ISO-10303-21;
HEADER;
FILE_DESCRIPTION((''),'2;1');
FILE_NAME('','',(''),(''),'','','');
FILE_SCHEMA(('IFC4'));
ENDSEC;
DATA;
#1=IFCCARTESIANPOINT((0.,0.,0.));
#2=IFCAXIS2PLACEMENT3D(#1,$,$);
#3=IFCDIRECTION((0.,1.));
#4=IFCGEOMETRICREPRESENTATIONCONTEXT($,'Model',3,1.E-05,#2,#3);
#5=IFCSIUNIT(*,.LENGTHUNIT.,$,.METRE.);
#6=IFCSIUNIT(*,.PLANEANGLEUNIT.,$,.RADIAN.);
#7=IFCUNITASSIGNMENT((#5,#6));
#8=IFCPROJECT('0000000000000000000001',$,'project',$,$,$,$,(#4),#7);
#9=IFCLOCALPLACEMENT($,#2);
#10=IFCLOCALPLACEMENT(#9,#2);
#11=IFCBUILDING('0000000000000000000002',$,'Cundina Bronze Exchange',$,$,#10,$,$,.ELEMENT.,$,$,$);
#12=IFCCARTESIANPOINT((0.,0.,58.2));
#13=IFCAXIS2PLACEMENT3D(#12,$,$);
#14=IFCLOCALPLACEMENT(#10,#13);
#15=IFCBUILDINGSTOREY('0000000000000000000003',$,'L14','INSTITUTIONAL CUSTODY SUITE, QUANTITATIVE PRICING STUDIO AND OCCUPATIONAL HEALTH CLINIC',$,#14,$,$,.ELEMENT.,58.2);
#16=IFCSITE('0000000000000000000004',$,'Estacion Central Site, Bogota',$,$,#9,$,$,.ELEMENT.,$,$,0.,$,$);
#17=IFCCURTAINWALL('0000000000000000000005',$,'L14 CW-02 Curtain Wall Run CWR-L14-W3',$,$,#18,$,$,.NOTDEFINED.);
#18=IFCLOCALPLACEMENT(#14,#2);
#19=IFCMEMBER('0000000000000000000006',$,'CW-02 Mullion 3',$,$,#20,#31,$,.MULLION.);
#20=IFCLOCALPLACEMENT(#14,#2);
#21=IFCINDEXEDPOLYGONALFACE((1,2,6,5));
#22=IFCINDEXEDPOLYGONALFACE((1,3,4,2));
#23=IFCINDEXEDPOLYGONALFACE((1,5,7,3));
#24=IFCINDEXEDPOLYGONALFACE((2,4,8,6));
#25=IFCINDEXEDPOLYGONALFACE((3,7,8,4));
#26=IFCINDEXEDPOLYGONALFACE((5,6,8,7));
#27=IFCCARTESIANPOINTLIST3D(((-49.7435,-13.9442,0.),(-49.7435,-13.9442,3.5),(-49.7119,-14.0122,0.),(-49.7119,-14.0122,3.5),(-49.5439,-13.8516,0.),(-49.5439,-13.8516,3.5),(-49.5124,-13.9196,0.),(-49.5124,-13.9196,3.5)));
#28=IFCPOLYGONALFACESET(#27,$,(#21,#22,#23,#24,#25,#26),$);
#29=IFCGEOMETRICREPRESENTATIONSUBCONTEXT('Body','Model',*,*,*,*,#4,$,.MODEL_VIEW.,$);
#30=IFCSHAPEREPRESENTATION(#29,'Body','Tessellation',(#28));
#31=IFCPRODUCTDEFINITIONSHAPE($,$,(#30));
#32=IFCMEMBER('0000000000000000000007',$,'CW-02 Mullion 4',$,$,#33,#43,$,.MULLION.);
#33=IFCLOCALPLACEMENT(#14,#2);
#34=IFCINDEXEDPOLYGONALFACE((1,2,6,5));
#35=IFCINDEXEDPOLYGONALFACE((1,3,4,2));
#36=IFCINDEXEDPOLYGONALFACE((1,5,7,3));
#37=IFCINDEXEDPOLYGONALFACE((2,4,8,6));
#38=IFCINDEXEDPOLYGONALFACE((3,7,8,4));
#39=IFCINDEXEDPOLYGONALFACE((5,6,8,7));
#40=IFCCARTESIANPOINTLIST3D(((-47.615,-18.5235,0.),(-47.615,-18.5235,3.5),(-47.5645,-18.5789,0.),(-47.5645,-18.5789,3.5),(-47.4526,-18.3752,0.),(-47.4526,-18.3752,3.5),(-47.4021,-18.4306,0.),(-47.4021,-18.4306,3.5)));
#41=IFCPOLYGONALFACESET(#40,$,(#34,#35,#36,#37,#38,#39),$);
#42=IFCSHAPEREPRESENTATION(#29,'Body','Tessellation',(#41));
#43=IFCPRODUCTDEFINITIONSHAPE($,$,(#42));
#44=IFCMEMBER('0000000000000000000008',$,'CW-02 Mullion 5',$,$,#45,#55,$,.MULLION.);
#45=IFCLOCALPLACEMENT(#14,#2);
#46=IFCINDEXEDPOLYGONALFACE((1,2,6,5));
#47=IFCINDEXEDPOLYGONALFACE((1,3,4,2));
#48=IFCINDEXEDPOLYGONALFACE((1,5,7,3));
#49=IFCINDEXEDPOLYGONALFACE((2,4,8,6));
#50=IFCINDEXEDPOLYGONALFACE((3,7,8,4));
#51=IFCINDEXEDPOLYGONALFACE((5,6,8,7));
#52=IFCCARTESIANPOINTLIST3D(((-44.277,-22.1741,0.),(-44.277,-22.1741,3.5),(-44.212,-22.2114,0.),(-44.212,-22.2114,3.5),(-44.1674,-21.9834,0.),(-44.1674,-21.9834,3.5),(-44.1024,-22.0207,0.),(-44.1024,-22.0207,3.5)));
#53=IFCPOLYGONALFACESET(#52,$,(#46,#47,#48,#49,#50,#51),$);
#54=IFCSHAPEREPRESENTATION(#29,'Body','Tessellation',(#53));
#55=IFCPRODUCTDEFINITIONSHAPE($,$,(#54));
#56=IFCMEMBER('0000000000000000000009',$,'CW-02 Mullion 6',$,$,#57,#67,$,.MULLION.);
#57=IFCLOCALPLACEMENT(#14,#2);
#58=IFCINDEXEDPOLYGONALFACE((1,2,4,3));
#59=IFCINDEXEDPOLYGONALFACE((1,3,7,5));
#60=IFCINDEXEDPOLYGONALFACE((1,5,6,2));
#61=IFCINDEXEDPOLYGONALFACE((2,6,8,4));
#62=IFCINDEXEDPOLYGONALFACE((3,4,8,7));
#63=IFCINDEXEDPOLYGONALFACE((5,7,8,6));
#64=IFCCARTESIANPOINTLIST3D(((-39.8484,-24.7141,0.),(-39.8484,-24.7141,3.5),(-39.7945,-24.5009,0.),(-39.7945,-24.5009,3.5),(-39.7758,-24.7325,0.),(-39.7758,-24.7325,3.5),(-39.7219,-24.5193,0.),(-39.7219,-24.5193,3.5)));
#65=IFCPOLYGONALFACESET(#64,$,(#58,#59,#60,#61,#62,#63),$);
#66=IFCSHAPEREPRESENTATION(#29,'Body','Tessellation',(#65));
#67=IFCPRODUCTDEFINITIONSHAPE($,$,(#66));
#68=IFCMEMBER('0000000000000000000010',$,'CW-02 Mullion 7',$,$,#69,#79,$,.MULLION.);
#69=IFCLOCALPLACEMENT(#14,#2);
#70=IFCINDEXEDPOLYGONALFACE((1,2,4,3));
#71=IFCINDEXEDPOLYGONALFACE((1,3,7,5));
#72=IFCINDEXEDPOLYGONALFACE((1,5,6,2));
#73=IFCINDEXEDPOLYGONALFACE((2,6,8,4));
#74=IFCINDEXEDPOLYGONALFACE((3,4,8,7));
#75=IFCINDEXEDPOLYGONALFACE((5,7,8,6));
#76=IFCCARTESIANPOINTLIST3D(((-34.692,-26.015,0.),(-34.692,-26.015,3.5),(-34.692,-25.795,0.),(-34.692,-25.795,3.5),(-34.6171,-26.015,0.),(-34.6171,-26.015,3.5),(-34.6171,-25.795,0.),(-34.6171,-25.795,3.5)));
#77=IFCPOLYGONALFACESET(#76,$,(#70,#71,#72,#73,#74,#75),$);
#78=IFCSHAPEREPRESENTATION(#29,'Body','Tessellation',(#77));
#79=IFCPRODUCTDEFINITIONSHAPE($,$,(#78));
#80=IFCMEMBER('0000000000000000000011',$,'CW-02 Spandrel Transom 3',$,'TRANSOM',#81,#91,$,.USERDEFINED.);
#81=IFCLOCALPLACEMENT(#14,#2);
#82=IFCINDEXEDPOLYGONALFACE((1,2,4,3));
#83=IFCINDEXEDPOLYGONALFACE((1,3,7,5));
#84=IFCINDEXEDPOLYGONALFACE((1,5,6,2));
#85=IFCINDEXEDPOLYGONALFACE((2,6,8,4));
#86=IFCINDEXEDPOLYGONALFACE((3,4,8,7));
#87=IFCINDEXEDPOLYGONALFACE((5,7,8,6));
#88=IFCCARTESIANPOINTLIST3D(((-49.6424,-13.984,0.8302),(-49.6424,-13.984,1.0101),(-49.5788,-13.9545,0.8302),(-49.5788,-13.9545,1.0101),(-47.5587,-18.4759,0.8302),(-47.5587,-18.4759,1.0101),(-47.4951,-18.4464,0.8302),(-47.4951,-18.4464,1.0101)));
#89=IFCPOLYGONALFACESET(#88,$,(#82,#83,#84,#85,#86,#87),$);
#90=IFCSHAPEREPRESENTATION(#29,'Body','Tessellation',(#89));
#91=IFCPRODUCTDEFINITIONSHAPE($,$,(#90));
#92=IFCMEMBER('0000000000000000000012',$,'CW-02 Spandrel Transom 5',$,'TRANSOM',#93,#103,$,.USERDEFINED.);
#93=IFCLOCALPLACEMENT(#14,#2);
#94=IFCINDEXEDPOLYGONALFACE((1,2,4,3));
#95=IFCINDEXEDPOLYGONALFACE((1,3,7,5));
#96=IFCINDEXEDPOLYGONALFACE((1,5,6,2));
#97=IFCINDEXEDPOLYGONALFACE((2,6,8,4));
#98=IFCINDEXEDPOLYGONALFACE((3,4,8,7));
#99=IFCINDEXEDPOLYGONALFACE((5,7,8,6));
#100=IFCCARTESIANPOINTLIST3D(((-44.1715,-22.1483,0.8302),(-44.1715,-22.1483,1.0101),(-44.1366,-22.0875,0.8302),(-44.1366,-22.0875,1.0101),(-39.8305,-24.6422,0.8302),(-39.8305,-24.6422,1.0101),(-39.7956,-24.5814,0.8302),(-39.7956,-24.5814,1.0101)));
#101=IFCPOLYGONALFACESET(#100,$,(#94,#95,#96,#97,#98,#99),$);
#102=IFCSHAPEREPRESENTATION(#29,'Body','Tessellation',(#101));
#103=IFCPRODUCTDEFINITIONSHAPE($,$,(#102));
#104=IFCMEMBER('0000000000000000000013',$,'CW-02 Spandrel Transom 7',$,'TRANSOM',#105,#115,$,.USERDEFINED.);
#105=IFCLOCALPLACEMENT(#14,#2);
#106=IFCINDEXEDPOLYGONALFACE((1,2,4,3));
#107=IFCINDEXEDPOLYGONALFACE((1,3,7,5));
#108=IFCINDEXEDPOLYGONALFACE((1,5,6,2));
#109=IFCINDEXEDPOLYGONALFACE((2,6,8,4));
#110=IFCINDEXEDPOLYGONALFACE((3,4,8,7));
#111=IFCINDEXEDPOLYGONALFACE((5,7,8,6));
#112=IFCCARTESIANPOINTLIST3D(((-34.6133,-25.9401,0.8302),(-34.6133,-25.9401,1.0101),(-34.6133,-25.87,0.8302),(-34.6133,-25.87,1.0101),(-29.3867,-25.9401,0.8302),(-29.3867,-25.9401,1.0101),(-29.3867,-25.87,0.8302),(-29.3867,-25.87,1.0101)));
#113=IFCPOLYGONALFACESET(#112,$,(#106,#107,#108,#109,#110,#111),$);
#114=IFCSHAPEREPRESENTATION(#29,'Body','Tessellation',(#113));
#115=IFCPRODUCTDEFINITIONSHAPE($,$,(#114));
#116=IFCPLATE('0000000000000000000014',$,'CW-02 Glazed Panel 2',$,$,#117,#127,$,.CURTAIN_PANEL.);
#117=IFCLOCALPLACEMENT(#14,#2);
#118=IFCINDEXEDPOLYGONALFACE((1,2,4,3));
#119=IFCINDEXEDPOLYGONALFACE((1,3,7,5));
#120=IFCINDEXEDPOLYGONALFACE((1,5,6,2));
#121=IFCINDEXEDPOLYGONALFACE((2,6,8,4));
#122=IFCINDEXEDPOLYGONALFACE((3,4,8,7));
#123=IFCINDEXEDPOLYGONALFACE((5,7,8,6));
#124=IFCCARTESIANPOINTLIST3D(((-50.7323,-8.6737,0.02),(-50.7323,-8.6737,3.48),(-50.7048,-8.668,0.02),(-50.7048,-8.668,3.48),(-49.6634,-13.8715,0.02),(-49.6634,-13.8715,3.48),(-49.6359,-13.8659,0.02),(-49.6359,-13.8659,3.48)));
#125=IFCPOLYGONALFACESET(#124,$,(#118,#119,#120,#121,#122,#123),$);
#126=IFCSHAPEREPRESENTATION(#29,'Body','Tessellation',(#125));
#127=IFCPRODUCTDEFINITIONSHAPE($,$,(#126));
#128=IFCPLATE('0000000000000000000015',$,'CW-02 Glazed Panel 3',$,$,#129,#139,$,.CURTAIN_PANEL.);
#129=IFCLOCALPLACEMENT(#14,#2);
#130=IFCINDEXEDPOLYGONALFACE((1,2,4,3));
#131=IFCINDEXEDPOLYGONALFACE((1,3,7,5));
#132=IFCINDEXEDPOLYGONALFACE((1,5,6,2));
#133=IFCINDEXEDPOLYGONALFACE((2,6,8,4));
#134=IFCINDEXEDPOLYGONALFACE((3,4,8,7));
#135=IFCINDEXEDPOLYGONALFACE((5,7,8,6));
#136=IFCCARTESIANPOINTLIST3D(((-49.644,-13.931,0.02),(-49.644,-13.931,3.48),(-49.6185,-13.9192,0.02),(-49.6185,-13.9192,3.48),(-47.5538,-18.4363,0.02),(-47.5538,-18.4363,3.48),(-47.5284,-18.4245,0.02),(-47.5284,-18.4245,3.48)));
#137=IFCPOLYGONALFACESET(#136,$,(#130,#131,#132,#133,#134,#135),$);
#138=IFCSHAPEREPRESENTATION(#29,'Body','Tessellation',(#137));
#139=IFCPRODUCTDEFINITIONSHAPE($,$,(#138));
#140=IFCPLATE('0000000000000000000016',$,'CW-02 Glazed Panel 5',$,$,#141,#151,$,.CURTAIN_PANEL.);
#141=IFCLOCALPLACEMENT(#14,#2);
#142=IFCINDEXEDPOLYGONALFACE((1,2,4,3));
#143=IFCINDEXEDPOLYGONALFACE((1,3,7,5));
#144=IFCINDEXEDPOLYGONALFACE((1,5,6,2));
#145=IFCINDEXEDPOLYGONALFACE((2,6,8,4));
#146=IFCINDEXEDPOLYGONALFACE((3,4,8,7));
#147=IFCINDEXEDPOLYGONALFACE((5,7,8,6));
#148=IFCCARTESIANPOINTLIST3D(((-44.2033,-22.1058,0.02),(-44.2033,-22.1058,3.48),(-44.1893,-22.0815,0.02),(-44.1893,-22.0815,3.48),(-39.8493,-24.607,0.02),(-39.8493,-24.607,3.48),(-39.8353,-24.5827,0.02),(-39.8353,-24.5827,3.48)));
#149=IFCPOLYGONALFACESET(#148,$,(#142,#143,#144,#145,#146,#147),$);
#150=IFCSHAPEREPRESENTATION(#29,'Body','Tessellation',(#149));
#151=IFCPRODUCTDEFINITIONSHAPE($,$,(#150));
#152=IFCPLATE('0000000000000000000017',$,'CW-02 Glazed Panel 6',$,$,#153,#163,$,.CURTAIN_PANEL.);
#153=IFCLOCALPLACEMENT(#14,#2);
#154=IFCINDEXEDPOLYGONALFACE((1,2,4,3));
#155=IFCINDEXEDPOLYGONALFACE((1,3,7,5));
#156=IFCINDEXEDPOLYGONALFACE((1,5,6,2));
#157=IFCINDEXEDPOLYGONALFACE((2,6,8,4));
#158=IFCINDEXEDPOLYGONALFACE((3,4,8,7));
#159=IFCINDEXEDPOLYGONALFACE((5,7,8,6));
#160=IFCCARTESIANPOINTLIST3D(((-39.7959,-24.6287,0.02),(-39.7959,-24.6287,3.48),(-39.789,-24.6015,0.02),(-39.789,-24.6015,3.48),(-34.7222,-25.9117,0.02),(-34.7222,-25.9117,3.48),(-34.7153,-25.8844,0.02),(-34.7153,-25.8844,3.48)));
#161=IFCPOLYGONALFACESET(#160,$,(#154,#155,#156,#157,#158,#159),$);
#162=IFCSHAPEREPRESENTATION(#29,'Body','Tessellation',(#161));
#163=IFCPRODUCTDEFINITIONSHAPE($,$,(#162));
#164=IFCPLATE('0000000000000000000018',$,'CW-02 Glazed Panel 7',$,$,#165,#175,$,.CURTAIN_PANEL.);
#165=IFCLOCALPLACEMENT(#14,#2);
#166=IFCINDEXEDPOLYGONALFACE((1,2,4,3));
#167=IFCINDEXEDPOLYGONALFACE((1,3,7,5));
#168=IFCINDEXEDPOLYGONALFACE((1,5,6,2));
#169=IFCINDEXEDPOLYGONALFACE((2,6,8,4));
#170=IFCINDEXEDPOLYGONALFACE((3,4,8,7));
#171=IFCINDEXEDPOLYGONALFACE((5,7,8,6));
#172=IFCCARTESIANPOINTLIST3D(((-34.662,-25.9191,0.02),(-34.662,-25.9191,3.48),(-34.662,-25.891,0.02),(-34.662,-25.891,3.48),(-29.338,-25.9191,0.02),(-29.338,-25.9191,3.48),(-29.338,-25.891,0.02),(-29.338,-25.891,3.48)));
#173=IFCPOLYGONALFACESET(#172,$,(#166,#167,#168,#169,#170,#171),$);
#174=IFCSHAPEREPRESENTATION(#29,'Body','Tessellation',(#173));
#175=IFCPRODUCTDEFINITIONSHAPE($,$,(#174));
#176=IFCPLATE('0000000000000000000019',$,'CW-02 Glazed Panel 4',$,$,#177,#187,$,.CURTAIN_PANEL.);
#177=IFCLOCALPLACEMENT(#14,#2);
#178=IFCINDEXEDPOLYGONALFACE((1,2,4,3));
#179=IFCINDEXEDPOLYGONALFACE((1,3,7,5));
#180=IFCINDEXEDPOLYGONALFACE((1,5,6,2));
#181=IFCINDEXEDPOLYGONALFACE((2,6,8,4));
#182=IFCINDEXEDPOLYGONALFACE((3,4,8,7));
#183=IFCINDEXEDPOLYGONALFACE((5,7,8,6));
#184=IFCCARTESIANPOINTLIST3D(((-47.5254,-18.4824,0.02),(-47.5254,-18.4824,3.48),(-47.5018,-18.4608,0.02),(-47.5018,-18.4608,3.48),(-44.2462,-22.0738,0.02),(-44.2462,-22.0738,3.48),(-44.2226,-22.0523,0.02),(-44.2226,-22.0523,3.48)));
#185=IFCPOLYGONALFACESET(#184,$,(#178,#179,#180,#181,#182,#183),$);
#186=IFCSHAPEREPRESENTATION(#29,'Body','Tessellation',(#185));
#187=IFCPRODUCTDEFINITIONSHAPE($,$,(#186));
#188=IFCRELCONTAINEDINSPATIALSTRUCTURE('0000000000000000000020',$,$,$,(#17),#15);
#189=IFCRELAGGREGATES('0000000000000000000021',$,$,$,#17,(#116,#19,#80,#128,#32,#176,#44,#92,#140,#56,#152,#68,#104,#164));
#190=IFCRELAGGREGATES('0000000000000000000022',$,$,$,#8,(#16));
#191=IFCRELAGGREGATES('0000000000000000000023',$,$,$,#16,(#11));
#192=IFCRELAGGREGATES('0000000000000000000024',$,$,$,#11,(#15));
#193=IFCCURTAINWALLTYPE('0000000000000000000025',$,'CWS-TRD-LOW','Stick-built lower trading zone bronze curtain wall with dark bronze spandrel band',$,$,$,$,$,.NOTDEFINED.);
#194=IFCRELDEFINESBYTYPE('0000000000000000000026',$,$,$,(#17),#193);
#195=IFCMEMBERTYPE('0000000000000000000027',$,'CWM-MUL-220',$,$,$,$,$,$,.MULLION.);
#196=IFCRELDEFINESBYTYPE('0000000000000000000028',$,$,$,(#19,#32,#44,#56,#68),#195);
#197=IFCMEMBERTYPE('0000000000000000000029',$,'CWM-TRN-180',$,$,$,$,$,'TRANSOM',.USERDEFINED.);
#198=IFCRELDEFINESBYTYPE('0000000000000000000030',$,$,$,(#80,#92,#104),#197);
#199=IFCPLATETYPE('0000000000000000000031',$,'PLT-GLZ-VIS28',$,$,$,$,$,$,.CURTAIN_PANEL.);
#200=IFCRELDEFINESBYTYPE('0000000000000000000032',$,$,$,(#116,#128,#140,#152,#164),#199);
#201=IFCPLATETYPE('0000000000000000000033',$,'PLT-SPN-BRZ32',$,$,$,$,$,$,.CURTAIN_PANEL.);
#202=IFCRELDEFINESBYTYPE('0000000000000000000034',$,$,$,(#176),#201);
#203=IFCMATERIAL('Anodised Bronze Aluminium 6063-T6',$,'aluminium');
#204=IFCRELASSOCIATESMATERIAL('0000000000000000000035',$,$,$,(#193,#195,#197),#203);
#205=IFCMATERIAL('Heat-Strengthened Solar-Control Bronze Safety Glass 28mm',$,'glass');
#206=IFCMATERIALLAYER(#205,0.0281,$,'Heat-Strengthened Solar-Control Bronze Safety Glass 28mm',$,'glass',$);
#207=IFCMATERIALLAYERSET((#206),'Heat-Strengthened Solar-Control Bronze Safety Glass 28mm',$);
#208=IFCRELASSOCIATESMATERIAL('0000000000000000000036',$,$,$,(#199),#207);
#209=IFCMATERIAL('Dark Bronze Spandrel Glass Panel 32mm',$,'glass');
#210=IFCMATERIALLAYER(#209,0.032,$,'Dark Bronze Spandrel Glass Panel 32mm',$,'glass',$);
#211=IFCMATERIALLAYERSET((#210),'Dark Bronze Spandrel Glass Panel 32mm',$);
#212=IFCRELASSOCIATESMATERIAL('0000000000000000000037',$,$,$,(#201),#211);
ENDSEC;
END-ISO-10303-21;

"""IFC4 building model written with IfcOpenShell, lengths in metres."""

from ifc_helpers import new_model, si_unit, direction, frame, origin, origin_2d, place, context, subcontext, project, spatial, rectangle, extrude, material, layer, layer_set, material_profile, profile_set, type_object, element, aggregate, save


model = new_model("IFC4")

# Units and contexts
model_context = context("Model", 3, precision=1e-05, world=origin(), true_north=direction((0.0, 1.0)))
body_context = subcontext(model_context, "Body", "Model", "MODEL_VIEW")
ifc_project = project(units=[si_unit("LENGTHUNIT", "METRE"), si_unit("PLANEANGLEUNIT", "RADIAN")], contexts=[model_context])

# Site, building, storey
site_placement = place(None, origin())
site = spatial("IfcSite", under=ifc_project, at=site_placement, Name="Estacion Central Site, Bogota", CompositionType="ELEMENT", RefElevation=0.0)
building_placement = place(site_placement, origin())
building = spatial("IfcBuilding", under=site, at=building_placement, Name="Cundina Bronze Exchange", CompositionType="ELEMENT")
storey_placement = place(building_placement, frame((0.0, 0.0, 58.2)))
storey = spatial("IfcBuildingStorey", under=building, at=storey_placement, Name="L14", Description="INSTITUTIONAL CUSTODY SUITE, QUANTITATIVE PRICING STUDIO AND OCCUPATIONAL HEALTH CLINIC", CompositionType="ELEMENT", Elevation=58.2)

# Curtain wall, members, plates
ifc_material_1 = material(Name="Anodised Bronze Aluminium 6063-T6", Category="aluminium")
curtain_wall_type = type_object("IfcCurtainWallType", Name="CWS-TRD-LOW", Description="Stick-built lower trading zone bronze curtain wall with dark bronze spandrel band", PredefinedType="NOTDEFINED", material=ifc_material_1)
curtain_wall_placement = place(storey_placement, origin())
curtain_wall = element("IfcCurtainWall", 1, at=curtain_wall_placement, inside=storey, type_object=curtain_wall_type, Name="L14 CW-02 Curtain Wall Run CWR-L14-W3", PredefinedType="NOTDEFINED")
ifc_material_profile_1 = material_profile(ifc_material_1, rectangle(XDim=0.075, YDim=0.22, at=origin_2d()), Name="AL75X220", Category="aluminium")
ifc_profile_set_1 = profile_set([ifc_material_profile_1], Name="Anodised Bronze Aluminium 6063-T6")
member_type_1 = type_object("IfcMemberType", Name="CWM-MUL-220", PredefinedType="MULLION", material=ifc_profile_set_1)
member_1_placement = place(storey_placement, frame((-49.6279, -13.9319, 0.0), z_axis=(0.0, 0.0, 1.0), x_axis=(0.420877, -0.907117, 0.0)))
member_1 = element("IfcMember", 2, at=member_1_placement, type_object=member_type_1, Name="CW-02 Mullion 3", PredefinedType="MULLION", context=body_context, shape_type="SweptSolid", body=[
    extrude(rectangle(XDim=0.075, YDim=0.22, at=origin_2d()), origin(), (0.0, 0.0, 1.0), 3.5),
])
member_2_placement = place(storey_placement, frame((-47.5085, -18.4771, 0.0), z_axis=(0.0, 0.0, 1.0), x_axis=(0.674302, -0.738455, 0.0)))
member_2 = element("IfcMember", 3, at=member_2_placement, type_object=member_type_1, Name="CW-02 Mullion 4", PredefinedType="MULLION", context=body_context, shape_type="SweptSolid", body=[
    extrude(rectangle(XDim=0.075, YDim=0.22, at=origin_2d()), origin(), (0.0, 0.0, 1.0), 3.5),
])
member_3_placement = place(storey_placement, frame((-44.1897, -22.0974, 0.0), z_axis=(0.0, 0.0, 1.0), x_axis=(0.867071, -0.498185, 0.0)))
member_3 = element("IfcMember", 4, at=member_3_placement, type_object=member_type_1, Name="CW-02 Mullion 5", PredefinedType="MULLION", context=body_context, shape_type="SweptSolid", body=[
    extrude(rectangle(XDim=0.075, YDim=0.22, at=origin_2d()), origin(), (0.0, 0.0, 1.0), 3.5),
])
member_4_placement = place(storey_placement, frame((-39.7852, -24.6167, 0.0), z_axis=(0.0, 0.0, 1.0), x_axis=(0.969488, -0.245138, 0.0)))
member_4 = element("IfcMember", 5, at=member_4_placement, type_object=member_type_1, Name="CW-02 Mullion 6", PredefinedType="MULLION", context=body_context, shape_type="SweptSolid", body=[
    extrude(rectangle(XDim=0.075, YDim=0.22, at=origin_2d()), origin(), (0.0, 0.0, 1.0), 3.5),
])
member_5_placement = place(storey_placement, frame((-34.6545, -25.905, 0.0), z_axis=(0.0, 0.0, 1.0), x_axis=(1.0, 0.0, 0.0)))
member_5 = element("IfcMember", 6, at=member_5_placement, type_object=member_type_1, Name="CW-02 Mullion 7", PredefinedType="MULLION", context=body_context, shape_type="SweptSolid", body=[
    extrude(rectangle(XDim=0.075, YDim=0.22, at=origin_2d()), origin(), (0.0, 0.0, 1.0), 3.5),
])
ifc_material_profile_2 = material_profile(ifc_material_1, rectangle(XDim=0.0701, YDim=0.1799, at=origin_2d()), Name="AL70X180", Category="aluminium")
ifc_profile_set_2 = profile_set([ifc_material_profile_2], Name="Anodised Bronze Aluminium 6063-T6")
member_type_2 = type_object("IfcMemberType", Name="CWM-TRN-180", ElementType="TRANSOM", PredefinedType="USERDEFINED", material=ifc_profile_set_2)
member_6_placement = place(storey_placement, frame((-49.6106, -13.9692, 0.9202), z_axis=(0.420811, -0.907148, 0.0), x_axis=(0.907148, 0.420811, 0.0)))
member_6 = element("IfcMember", 7, at=member_6_placement, type_object=member_type_2, Name="CW-02 Spandrel Transom 3", ObjectType="TRANSOM", PredefinedType="USERDEFINED", context=body_context, shape_type="SweptSolid", body=[
    extrude(rectangle(XDim=0.0701, YDim=0.1799, at=origin_2d()), origin(), (0.0, 0.0, 1.0), 4.9517),
])
member_7_placement = place(storey_placement, frame((-44.1541, -22.1179, 0.9202), z_axis=(0.867097, -0.498139, 0.0), x_axis=(0.498139, 0.867097, 0.0)))
member_7 = element("IfcMember", 8, at=member_7_placement, type_object=member_type_2, Name="CW-02 Spandrel Transom 5", ObjectType="TRANSOM", PredefinedType="USERDEFINED", context=body_context, shape_type="SweptSolid", body=[
    extrude(rectangle(XDim=0.0701, YDim=0.1799, at=origin_2d()), origin(), (0.0, 0.0, 1.0), 5.0063),
])
member_8_placement = place(storey_placement, frame((-34.6133, -25.905, 0.9202), z_axis=(1.0, 0.0, 0.0), x_axis=(0.0, 1.0, 0.0)))
member_8 = element("IfcMember", 9, at=member_8_placement, type_object=member_type_2, Name="CW-02 Spandrel Transom 7", ObjectType="TRANSOM", PredefinedType="USERDEFINED", context=body_context, shape_type="SweptSolid", body=[
    extrude(rectangle(XDim=0.0701, YDim=0.1799, at=origin_2d()), origin(), (0.0, 0.0, 1.0), 5.2266),
])
ifc_material_2 = material(Name="Heat-Strengthened Solar-Control Bronze Safety Glass 28mm", Category="glass")
ifc_layer_1 = layer(ifc_material_2, 0.0281, Name="Heat-Strengthened Solar-Control Bronze Safety Glass 28mm", Category="glass")
ifc_layer_set_1 = layer_set([ifc_layer_1], Name="Heat-Strengthened Solar-Control Bronze Safety Glass 28mm")
plate_type_1 = type_object("IfcPlateType", Name="PLT-GLZ-VIS28", PredefinedType="CURTAIN_PANEL", material=ifc_layer_set_1)
plate_1_placement = place(storey_placement, frame((-50.1841, -11.2698, 0.02), z_axis=(0.0, 0.0, 1.0), x_axis=(0.20142, -0.979505, 0.0)))
plate_1 = element("IfcPlate", 10, at=plate_1_placement, type_object=plate_type_1, Name="CW-02 Glazed Panel 2", PredefinedType="CURTAIN_PANEL", context=body_context, shape_type="SweptSolid", body=[
    extrude(rectangle(XDim=5.3066, YDim=0.0281, at=origin_2d()), origin(), (0.0, 0.0, 1.0), 3.46),
])
plate_2_placement = place(storey_placement, frame((-48.5862, -16.1777, 0.02), z_axis=(0.0, 0.0, 1.0), x_axis=(0.420846, -0.907132, 0.0)))
plate_2 = element("IfcPlate", 11, at=plate_2_placement, type_object=plate_type_1, Name="CW-02 Glazed Panel 3", PredefinedType="CURTAIN_PANEL", context=body_context, shape_type="SweptSolid", body=[
    extrude(rectangle(XDim=4.9666, YDim=0.0281, at=origin_2d()), origin(), (0.0, 0.0, 1.0), 3.46),
])
plate_3_placement = place(storey_placement, frame((-42.0193, -23.3442, 0.02), z_axis=(0.0, 0.0, 1.0), x_axis=(0.867105, -0.498125, 0.0)))
plate_3 = element("IfcPlate", 12, at=plate_3_placement, type_object=plate_type_1, Name="CW-02 Glazed Panel 5", PredefinedType="CURTAIN_PANEL", context=body_context, shape_type="SweptSolid", body=[
    extrude(rectangle(XDim=5.0212, YDim=0.0281, at=origin_2d()), origin(), (0.0, 0.0, 1.0), 3.46),
])
plate_4_placement = place(storey_placement, frame((-37.2556, -25.2566, 0.02), z_axis=(0.0, 0.0, 1.0), x_axis=(0.969488, -0.245138, 0.0)))
plate_4 = element("IfcPlate", 13, at=plate_4_placement, type_object=plate_type_1, Name="CW-02 Glazed Panel 6", PredefinedType="CURTAIN_PANEL", context=body_context, shape_type="SweptSolid", body=[
    extrude(rectangle(XDim=5.2334, YDim=0.0281, at=origin_2d()), origin(), (0.0, 0.0, 1.0), 3.46),
])
plate_5_placement = place(storey_placement, frame((-32.0, -25.905, 0.02), z_axis=(0.0, 0.0, 1.0), x_axis=(1.0, 0.0, 0.0)))
plate_5 = element("IfcPlate", 14, at=plate_5_placement, type_object=plate_type_1, Name="CW-02 Glazed Panel 7", PredefinedType="CURTAIN_PANEL", context=body_context, shape_type="SweptSolid", body=[
    extrude(rectangle(XDim=5.324, YDim=0.0281, at=origin_2d()), origin(), (0.0, 0.0, 1.0), 3.46),
])
ifc_material_3 = material(Name="Dark Bronze Spandrel Glass Panel 32mm", Category="glass")
ifc_layer_2 = layer(ifc_material_3, 0.032, Name="Dark Bronze Spandrel Glass Panel 32mm", Category="glass")
ifc_layer_set_2 = layer_set([ifc_layer_2], Name="Dark Bronze Spandrel Glass Panel 32mm")
plate_type_2 = type_object("IfcPlateType", Name="PLT-SPN-BRZ32", PredefinedType="CURTAIN_PANEL", material=ifc_layer_set_2)
plate_6_placement = place(storey_placement, frame((-45.874, -20.2673, 0.02), z_axis=(0.0, 0.0, 1.0), x_axis=(0.674277, -0.738479, 0.0)))
plate_6 = element("IfcPlate", 15, at=plate_6_placement, type_object=plate_type_2, Name="CW-02 Glazed Panel 4", PredefinedType="CURTAIN_PANEL", context=body_context, shape_type="SweptSolid", body=[
    extrude(rectangle(XDim=4.8633, YDim=0.032, at=origin_2d()), origin(), (0.0, 0.0, 1.0), 3.46),
])
aggregate(curtain_wall, [plate_1, member_1, member_6, plate_2, member_2, plate_6, member_3, member_7, plate_3, member_4, plate_4, member_5, member_8, plate_5])

save(model, "model.ifc")
